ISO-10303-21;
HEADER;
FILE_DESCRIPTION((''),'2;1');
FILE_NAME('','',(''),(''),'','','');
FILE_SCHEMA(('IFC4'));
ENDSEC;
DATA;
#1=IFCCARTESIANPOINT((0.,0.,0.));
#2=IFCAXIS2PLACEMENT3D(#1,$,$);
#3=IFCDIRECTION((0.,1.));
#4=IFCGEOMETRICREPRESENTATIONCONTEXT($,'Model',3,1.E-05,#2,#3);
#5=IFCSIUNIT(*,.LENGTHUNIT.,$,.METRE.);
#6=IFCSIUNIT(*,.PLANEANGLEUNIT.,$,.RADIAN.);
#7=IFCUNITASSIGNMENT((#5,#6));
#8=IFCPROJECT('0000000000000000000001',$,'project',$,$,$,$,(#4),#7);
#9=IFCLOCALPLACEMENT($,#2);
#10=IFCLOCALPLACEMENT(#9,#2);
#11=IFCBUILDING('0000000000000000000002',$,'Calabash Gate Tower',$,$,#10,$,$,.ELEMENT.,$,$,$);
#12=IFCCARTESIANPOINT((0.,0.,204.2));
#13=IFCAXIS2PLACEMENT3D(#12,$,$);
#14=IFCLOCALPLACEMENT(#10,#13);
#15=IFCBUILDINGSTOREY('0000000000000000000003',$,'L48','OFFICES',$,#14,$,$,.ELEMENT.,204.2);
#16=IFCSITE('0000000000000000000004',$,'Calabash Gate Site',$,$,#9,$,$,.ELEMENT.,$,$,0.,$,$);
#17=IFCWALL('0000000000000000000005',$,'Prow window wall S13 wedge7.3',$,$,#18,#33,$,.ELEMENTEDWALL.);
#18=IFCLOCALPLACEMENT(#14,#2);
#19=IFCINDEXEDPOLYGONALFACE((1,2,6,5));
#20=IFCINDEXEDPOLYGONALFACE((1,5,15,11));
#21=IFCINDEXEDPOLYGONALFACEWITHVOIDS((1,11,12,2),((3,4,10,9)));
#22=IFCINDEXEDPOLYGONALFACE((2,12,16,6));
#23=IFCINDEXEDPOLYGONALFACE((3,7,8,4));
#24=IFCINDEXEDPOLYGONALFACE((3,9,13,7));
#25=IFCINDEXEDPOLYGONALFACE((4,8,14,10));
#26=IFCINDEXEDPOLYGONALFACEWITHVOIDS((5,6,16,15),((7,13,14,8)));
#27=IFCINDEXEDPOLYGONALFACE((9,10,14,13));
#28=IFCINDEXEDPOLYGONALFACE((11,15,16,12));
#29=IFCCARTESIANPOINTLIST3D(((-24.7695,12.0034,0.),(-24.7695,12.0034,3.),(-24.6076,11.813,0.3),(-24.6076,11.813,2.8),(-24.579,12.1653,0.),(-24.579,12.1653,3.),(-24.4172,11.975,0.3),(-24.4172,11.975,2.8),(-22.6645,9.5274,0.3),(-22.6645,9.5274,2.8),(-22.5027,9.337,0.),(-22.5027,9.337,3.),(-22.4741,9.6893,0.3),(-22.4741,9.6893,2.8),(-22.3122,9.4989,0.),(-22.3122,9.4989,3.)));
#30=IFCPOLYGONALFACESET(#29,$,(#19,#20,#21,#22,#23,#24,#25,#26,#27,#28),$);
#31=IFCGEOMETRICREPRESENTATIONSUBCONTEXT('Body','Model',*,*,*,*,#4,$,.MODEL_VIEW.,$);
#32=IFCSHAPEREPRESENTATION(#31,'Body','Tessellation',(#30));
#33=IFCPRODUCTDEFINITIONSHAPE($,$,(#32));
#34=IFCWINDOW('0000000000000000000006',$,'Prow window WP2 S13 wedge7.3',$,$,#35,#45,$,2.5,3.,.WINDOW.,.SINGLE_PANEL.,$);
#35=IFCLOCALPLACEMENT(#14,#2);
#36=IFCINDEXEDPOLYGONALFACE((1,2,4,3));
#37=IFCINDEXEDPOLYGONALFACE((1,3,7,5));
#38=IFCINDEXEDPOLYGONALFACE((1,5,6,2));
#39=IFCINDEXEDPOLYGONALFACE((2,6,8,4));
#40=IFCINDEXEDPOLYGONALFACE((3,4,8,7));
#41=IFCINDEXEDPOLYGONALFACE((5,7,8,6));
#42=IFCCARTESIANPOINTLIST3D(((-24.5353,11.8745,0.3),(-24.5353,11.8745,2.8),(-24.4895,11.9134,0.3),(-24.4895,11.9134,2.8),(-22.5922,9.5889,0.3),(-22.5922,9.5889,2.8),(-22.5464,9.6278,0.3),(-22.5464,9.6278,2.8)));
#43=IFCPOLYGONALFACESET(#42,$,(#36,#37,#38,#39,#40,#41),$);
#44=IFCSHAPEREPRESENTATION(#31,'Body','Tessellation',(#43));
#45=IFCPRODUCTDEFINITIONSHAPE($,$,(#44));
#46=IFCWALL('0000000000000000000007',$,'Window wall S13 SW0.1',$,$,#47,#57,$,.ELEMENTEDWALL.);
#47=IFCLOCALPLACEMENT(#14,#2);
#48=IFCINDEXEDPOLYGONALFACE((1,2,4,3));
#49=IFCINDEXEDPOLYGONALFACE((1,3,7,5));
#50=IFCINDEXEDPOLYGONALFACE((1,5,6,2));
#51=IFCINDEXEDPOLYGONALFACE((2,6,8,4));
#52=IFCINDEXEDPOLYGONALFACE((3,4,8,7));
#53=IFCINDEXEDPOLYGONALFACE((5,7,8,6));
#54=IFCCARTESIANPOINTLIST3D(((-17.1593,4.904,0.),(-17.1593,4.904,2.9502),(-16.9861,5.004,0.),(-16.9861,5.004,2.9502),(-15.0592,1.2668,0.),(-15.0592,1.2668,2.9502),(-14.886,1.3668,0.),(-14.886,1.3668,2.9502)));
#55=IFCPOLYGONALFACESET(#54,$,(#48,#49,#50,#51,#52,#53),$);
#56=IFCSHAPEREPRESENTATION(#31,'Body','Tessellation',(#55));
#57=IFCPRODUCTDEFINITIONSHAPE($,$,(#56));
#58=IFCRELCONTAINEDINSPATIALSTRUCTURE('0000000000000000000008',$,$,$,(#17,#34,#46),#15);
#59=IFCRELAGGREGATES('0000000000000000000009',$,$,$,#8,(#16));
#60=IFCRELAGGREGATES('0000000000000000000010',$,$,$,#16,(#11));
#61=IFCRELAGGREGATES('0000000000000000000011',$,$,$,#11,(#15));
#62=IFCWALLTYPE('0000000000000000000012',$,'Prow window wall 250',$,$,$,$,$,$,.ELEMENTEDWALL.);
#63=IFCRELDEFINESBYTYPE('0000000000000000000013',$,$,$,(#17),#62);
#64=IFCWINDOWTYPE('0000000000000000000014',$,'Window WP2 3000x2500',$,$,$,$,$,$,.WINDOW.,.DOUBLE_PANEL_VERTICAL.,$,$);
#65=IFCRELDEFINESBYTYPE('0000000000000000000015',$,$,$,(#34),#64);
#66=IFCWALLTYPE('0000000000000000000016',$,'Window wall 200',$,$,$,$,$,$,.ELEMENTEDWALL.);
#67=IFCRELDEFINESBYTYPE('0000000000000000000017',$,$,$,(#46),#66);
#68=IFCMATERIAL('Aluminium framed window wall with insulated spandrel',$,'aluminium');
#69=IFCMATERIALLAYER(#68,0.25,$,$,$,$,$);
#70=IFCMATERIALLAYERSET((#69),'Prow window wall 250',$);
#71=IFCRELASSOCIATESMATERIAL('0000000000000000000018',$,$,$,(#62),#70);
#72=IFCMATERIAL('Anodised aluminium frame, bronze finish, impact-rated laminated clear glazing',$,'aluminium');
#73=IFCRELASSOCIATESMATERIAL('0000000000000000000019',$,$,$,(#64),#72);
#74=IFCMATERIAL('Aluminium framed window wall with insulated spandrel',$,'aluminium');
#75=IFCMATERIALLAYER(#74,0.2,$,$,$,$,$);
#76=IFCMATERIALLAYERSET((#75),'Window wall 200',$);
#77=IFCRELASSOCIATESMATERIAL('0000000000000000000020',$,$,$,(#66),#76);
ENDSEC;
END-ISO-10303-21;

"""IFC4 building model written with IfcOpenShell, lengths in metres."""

from ifc_helpers import new_model, si_unit, direction, frame, frame_2d, origin, place, context, subcontext, project, spatial, rectangle, extrude, material, layer, layer_set, type_object, element, fill, save


model = new_model("IFC4")

# Units and contexts
model_context = context("Model", 3, precision=1e-05, world=origin(), true_north=direction((0.0, 1.0)))
body_context = subcontext(model_context, "Body", "Model", "MODEL_VIEW")
ifc_project = project(units=[si_unit("LENGTHUNIT", "METRE"), si_unit("PLANEANGLEUNIT", "RADIAN")], contexts=[model_context])

# Site, building, storey
site_placement = place(None, origin())
site = spatial("IfcSite", under=ifc_project, at=site_placement, Name="Calabash Gate Site", CompositionType="ELEMENT", RefElevation=0.0)
building_placement = place(site_placement, origin())
building = spatial("IfcBuilding", under=site, at=building_placement, Name="Calabash Gate Tower", CompositionType="ELEMENT")
storey_placement = place(building_placement, frame((0.0, 0.0, 204.2)))
storey = spatial("IfcBuildingStorey", under=building, at=storey_placement, Name="L48", Description="OFFICES", CompositionType="ELEMENT", Elevation=204.2)

# Wall, opening, window
ifc_material_1 = material(Name="Aluminium framed window wall with insulated spandrel", Category="aluminium")
ifc_layer_1 = layer(ifc_material_1, 0.25)
ifc_layer_set_1 = layer_set([ifc_layer_1], Name="Prow window wall 250")
wall_type_1 = type_object("IfcWallType", Name="Prow window wall 250", PredefinedType="ELEMENTEDWALL", material=ifc_layer_set_1)
ifc_material_2 = material(Name="Anodised aluminium frame, bronze finish, impact-rated laminated clear glazing", Category="aluminium")
window_type = type_object("IfcWindowType", Name="Window WP2 3000x2500", PartitioningType="DOUBLE_PANEL_VERTICAL", PredefinedType="WINDOW", material=ifc_material_2)
wall_1_placement = place(storey_placement, frame((-24.6743, 12.0845, 0.0), z_axis=(0.0, 0.0, 1.0), x_axis=(0.647701, -0.761895, 0.0)))
wall_1 = element("IfcWall", 1, at=wall_1_placement, inside=storey, type_object=wall_type_1, Name="Prow window wall S13 wedge7.3", PredefinedType="ELEMENTEDWALL", context=body_context, shape_type="SweptSolid", body=[
    extrude(rectangle(XDim=3.4998, YDim=0.25, at=frame_2d((1.75, 0.0))), origin(), (0.0, 0.0, 1.0), 3.0),
])
opening_1_placement = place(wall_1_placement, frame((0.25, 0.0, 0.3)))
opening_1 = element("IfcOpeningElement", 2, at=opening_1_placement, cuts=wall_1, PredefinedType="OPENING", context=body_context, shape_type="SweptSolid", body=[
    extrude(rectangle(XDim=3.0, YDim=2.5, at=frame_2d((1.5, 1.25))), frame((0.0, 0.135, 0.0), z_axis=(0.0, -1.0, 0.0), x_axis=(1.0, 0.0, 0.0)), (0.0, 0.0, 1.0), 0.27),
])
window_1_placement = place(opening_1_placement, origin())
window_1 = element("IfcWindow", 3, at=window_1_placement, inside=storey, type_object=window_type, Name="Prow window WP2 S13 wedge7.3", OverallHeight=2.5, OverallWidth=3.0, PartitioningType="SINGLE_PANEL", PredefinedType="WINDOW", context=body_context, shape_type="SweptSolid", body=[
    extrude(rectangle(XDim=3.0, YDim=2.5, at=frame_2d((1.5, 1.25))), frame((0.0, 0.03, 0.0), z_axis=(0.0, -1.0, 0.0), x_axis=(1.0, 0.0, 0.0)), (0.0, 0.0, 1.0), 0.0601),
])
fill(opening_1, window_1)

# Wall
ifc_material_3 = material(Name="Aluminium framed window wall with insulated spandrel", Category="aluminium")
ifc_layer_2 = layer(ifc_material_3, 0.2)
ifc_layer_set_2 = layer_set([ifc_layer_2], Name="Window wall 200")
wall_type_2 = type_object("IfcWallType", Name="Window wall 200", PredefinedType="ELEMENTEDWALL", material=ifc_layer_set_2)
wall_2_placement = place(storey_placement, frame((-17.0728, 4.9541, 0.0), z_axis=(0.0, 0.0, 1.0), x_axis=(0.500028, -0.866009, 0.0)))
element("IfcWall", 4, at=wall_2_placement, inside=storey, type_object=wall_type_2, Name="Window wall S13 SW0.1", PredefinedType="ELEMENTEDWALL", context=body_context, shape_type="SweptSolid", body=[
    extrude(rectangle(XDim=4.2, YDim=0.2, at=frame_2d((2.1001, 0.0))), origin(), (0.0, 0.0, 1.0), 2.9502),
])

save(model, "model.ifc")
